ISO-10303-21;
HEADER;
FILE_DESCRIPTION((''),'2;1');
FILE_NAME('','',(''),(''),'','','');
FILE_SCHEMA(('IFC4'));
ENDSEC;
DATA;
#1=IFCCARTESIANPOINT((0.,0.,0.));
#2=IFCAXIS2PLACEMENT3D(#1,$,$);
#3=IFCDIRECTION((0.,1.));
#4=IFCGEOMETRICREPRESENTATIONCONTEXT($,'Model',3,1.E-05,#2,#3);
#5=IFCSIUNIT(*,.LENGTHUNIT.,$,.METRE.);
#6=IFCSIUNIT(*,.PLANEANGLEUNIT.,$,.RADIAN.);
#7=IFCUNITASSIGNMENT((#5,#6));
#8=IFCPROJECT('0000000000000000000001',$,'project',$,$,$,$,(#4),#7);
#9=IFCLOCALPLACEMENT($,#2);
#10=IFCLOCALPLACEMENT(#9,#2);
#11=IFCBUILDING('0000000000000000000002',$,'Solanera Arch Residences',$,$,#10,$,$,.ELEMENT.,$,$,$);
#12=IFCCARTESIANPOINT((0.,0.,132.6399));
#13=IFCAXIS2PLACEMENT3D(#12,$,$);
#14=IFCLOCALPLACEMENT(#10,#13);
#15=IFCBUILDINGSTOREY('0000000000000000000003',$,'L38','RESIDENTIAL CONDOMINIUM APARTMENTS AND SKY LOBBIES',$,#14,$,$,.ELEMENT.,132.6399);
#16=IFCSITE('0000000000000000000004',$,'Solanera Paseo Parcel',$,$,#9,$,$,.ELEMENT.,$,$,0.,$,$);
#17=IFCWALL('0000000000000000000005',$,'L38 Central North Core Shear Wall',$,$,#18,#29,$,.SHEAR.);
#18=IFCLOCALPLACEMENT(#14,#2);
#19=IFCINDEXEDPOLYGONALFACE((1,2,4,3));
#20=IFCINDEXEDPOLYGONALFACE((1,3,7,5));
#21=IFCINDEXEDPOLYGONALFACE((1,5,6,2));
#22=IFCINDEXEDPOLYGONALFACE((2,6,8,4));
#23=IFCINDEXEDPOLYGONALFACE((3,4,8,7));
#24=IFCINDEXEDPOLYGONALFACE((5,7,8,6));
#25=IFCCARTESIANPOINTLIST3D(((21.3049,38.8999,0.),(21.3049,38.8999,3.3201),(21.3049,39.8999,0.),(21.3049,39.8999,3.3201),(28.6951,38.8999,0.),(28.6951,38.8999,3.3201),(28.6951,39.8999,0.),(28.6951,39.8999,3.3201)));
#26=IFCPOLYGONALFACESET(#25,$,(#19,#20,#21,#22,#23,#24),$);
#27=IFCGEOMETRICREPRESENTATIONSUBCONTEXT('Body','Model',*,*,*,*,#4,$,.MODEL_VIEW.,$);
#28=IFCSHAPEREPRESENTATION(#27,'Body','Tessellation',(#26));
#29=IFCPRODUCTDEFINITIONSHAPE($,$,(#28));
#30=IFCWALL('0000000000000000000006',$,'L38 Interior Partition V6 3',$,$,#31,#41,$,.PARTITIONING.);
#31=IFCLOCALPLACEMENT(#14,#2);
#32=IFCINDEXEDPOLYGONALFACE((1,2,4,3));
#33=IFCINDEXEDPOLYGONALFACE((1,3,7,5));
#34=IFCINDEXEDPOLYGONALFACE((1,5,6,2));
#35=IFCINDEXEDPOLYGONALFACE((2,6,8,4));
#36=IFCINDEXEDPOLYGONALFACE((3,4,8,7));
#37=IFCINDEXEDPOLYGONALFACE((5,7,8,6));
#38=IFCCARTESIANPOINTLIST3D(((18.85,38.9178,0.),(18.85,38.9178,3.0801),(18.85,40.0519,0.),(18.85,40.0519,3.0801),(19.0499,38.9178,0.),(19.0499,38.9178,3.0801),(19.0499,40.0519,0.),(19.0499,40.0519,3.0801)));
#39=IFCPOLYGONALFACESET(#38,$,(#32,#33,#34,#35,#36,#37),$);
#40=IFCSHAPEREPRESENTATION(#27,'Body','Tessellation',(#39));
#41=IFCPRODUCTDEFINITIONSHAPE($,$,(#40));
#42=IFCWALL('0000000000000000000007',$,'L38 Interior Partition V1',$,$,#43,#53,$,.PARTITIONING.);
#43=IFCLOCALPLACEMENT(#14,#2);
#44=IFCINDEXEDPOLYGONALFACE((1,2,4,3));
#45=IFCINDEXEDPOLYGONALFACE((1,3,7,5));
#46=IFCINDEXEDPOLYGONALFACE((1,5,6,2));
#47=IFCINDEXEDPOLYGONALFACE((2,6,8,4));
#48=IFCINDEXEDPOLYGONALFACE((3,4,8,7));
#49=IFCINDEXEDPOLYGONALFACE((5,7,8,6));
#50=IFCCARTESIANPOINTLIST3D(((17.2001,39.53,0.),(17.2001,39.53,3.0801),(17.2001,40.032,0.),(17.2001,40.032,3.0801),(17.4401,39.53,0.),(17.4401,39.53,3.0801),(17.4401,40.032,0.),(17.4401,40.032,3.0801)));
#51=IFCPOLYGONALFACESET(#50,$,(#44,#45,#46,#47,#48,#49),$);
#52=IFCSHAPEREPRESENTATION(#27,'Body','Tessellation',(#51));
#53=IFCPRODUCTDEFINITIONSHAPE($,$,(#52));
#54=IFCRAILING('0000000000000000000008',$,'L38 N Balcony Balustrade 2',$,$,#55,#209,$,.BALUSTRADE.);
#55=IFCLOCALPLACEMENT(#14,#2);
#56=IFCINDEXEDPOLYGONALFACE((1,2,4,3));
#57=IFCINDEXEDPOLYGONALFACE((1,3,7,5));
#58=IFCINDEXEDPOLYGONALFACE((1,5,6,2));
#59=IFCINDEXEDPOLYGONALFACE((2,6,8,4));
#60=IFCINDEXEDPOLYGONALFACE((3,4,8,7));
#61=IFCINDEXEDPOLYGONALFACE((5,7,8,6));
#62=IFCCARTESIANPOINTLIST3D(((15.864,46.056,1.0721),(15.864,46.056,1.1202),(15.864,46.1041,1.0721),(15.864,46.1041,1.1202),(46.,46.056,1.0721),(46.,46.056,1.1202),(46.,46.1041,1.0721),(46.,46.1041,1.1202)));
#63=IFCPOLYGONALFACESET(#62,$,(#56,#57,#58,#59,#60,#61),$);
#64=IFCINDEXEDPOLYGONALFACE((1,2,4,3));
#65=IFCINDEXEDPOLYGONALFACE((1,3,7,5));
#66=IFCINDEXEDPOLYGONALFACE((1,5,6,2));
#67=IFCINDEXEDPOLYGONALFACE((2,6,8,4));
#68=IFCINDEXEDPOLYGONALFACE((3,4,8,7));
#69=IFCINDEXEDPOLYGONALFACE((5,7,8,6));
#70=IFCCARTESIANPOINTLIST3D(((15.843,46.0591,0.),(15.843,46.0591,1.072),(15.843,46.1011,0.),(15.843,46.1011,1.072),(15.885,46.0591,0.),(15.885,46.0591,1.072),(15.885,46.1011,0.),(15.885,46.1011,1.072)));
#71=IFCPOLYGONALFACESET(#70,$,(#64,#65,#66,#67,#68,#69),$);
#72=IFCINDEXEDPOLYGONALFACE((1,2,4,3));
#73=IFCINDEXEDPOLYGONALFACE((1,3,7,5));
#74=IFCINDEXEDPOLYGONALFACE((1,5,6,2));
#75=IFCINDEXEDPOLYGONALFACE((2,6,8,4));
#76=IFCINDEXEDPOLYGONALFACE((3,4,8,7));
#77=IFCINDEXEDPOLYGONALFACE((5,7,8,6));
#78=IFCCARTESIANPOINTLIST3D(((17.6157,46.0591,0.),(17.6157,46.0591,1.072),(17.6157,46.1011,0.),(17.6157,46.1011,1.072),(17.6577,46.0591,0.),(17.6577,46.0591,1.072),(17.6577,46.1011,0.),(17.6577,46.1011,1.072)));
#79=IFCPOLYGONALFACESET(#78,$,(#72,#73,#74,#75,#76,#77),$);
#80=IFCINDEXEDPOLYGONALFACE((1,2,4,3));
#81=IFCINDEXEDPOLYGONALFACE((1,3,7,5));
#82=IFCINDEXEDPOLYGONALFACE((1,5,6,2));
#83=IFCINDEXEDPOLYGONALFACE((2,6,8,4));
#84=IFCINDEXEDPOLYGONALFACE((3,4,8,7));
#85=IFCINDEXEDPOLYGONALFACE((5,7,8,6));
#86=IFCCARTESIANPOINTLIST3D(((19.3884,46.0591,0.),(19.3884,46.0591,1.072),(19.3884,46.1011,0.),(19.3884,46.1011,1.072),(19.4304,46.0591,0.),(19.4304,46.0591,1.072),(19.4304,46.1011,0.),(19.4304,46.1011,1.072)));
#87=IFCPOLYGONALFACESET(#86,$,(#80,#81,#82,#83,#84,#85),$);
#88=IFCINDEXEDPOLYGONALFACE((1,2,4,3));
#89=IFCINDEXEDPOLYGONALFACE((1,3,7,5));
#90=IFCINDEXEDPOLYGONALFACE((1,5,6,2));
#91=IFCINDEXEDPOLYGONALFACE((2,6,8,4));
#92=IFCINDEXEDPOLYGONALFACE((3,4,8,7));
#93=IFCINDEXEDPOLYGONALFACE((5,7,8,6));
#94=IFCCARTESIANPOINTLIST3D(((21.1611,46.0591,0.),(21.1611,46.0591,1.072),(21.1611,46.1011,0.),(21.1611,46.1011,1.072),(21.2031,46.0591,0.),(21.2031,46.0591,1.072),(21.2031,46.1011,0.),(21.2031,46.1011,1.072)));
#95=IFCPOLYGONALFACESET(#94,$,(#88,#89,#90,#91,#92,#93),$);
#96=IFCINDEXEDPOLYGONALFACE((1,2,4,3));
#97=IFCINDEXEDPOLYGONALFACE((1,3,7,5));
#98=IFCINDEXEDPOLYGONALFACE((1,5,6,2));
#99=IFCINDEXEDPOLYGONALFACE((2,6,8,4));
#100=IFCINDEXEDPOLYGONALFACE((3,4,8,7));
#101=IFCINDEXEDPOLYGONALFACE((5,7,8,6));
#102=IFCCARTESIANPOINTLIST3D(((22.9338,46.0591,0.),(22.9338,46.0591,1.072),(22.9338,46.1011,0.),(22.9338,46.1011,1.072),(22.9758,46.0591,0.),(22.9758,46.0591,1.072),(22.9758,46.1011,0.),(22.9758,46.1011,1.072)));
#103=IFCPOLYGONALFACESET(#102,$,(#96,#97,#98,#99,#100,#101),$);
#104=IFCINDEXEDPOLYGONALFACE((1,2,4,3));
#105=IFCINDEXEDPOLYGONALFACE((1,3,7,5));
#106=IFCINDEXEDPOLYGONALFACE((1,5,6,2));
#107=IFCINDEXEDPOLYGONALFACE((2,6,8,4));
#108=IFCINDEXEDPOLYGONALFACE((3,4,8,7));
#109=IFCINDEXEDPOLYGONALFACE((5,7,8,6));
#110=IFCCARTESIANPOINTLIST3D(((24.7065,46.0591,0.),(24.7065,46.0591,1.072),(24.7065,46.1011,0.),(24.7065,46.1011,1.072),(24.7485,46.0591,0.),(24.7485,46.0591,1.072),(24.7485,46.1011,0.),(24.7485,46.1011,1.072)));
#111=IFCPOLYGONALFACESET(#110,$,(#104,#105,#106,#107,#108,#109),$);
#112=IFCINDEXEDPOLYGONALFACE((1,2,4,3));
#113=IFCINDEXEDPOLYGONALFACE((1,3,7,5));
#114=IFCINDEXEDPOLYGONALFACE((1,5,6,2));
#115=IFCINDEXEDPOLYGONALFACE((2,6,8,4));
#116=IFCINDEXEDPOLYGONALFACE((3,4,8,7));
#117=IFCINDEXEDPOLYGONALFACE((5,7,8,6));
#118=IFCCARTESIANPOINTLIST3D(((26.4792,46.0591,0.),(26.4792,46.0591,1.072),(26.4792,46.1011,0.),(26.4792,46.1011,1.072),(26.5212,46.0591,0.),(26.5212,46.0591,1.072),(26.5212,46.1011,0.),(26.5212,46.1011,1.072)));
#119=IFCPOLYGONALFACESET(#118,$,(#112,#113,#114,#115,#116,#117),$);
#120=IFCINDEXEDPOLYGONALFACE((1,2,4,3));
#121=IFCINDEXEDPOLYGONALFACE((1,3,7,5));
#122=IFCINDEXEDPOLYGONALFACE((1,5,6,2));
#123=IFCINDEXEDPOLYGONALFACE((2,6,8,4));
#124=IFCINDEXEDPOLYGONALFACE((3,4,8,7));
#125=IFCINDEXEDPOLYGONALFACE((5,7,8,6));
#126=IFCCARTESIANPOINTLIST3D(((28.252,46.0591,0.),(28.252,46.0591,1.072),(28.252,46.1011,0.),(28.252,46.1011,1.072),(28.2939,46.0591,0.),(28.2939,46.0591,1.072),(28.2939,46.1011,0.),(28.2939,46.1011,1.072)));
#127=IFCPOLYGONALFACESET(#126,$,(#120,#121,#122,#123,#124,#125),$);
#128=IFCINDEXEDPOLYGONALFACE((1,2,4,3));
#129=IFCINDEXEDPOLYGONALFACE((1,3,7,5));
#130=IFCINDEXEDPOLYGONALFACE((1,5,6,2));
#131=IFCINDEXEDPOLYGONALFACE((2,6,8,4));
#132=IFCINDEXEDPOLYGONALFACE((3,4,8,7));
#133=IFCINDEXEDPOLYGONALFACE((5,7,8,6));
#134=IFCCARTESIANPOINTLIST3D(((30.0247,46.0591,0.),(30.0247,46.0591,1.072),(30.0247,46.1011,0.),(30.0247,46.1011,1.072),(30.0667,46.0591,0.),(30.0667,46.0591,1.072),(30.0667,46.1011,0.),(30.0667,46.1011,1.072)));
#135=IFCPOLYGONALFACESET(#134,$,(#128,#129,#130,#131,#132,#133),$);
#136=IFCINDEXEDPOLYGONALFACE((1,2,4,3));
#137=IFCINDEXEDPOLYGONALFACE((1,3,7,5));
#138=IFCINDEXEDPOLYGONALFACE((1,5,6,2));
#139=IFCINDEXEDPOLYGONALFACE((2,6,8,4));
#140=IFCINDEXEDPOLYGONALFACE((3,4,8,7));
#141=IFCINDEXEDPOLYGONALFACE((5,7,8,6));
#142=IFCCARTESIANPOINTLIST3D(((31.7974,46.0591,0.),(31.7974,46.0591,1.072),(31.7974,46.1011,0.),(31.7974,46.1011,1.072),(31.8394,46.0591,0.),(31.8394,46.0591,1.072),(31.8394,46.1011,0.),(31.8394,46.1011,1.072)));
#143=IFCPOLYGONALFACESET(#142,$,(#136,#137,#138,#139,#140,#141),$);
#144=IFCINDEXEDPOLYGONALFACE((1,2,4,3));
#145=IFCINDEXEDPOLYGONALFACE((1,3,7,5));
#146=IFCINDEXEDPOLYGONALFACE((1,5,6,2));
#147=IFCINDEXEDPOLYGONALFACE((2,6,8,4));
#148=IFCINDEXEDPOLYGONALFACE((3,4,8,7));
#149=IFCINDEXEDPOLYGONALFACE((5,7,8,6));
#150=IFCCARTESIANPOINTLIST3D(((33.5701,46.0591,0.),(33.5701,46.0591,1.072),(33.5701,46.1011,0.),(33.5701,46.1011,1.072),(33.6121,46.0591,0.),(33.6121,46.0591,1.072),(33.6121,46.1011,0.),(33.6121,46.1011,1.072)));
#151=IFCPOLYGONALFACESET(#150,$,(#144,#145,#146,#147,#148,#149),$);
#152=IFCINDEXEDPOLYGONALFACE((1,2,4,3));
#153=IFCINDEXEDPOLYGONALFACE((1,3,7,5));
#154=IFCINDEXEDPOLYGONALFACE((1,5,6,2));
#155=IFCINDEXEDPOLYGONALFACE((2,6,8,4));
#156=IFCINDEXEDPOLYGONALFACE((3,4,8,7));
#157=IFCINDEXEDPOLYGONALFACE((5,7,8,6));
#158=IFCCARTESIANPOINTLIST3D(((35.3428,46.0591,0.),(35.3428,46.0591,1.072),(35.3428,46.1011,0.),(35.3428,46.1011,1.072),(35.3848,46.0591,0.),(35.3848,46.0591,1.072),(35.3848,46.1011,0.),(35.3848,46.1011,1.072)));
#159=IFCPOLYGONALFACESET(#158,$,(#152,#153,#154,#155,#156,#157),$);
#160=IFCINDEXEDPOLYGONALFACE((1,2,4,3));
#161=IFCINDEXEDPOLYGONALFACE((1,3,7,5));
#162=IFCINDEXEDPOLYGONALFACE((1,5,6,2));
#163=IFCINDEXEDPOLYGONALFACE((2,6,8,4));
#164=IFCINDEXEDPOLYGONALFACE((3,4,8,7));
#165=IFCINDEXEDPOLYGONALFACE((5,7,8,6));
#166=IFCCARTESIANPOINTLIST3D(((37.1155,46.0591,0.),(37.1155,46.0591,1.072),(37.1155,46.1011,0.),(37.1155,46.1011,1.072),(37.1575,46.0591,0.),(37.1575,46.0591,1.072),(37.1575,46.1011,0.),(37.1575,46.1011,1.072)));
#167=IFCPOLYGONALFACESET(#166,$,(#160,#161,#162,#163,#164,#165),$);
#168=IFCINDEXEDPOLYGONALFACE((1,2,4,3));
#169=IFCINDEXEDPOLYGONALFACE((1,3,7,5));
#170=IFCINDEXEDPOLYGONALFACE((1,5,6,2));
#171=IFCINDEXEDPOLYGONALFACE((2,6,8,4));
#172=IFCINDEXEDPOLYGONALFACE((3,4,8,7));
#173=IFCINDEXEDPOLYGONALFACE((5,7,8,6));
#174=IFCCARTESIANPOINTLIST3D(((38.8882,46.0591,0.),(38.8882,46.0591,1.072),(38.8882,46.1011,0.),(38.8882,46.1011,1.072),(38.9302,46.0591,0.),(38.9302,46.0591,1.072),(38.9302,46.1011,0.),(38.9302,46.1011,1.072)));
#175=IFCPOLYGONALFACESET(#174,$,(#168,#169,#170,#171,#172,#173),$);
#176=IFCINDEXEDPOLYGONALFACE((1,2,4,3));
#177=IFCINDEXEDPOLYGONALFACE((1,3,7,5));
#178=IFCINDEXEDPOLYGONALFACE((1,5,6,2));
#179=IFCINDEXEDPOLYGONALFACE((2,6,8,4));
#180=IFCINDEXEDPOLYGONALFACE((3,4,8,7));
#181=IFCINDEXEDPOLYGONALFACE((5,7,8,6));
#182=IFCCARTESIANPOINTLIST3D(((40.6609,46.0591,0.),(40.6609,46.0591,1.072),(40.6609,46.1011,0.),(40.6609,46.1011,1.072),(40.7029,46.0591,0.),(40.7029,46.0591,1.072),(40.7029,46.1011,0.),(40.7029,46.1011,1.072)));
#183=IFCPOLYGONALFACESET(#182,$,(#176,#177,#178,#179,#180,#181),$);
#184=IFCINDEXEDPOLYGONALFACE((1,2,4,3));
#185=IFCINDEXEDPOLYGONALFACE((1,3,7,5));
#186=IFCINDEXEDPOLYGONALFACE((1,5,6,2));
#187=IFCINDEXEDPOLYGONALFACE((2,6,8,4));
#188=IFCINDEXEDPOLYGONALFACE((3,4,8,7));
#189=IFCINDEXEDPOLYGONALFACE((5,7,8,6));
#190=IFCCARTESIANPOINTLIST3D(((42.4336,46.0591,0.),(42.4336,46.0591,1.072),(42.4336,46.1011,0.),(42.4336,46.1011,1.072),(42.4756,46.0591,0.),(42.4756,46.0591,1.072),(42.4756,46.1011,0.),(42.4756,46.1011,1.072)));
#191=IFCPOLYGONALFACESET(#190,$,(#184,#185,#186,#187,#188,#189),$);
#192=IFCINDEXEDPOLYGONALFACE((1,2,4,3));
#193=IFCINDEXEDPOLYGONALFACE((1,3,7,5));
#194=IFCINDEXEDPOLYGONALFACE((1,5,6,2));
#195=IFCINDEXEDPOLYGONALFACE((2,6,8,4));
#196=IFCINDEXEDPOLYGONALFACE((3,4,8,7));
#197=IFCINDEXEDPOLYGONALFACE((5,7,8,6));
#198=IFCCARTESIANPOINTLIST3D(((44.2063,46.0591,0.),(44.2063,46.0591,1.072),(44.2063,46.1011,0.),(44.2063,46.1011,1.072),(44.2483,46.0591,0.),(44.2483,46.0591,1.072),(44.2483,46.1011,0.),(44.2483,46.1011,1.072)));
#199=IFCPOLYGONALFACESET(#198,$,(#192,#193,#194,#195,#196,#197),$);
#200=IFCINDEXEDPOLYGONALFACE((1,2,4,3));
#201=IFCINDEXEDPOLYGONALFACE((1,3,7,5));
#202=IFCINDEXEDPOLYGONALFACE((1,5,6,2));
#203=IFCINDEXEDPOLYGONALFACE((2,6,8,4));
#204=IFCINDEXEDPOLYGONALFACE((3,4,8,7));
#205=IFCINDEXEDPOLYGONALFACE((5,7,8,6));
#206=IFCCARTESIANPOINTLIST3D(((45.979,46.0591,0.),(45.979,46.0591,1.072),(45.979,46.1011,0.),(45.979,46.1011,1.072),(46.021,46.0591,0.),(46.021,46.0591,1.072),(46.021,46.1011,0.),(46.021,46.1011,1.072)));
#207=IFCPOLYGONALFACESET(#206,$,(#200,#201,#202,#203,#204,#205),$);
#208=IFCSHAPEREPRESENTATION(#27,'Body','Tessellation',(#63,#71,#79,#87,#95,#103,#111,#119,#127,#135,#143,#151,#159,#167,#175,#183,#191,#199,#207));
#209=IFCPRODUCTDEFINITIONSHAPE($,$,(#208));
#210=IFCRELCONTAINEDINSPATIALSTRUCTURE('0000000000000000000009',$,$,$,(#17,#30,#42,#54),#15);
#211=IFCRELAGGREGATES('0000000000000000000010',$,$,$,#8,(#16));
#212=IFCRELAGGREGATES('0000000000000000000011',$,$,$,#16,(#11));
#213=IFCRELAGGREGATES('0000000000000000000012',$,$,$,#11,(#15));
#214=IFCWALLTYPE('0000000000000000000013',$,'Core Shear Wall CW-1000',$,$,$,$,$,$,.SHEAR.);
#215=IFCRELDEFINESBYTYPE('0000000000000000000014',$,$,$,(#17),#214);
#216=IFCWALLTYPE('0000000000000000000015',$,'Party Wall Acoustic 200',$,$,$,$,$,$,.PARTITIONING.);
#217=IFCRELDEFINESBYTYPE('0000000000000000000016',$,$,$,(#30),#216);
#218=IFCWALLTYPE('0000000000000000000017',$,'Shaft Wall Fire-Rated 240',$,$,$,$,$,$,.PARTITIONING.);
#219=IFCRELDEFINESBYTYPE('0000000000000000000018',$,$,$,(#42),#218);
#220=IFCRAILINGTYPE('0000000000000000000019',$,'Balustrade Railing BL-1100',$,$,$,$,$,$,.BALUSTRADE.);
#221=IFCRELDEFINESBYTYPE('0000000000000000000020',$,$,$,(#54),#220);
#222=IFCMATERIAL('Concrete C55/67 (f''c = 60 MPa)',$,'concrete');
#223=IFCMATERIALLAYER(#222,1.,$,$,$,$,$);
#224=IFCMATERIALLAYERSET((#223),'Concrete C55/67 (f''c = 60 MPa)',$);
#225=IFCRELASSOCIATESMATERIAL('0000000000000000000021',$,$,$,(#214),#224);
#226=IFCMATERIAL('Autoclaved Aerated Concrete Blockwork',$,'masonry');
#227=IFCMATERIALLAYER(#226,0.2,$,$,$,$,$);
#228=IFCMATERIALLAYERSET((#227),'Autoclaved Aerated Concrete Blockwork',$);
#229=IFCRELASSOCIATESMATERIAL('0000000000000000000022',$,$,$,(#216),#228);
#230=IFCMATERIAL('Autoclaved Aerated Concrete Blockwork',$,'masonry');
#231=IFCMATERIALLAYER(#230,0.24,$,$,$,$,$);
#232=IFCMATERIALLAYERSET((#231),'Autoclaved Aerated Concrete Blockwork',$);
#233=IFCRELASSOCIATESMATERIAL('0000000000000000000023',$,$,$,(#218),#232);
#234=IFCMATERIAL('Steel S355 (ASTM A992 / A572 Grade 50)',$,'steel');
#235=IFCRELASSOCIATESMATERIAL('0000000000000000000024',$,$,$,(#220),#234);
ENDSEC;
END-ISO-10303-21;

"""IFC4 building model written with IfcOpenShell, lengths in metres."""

from ifc_helpers import new_model, si_unit, direction, frame, frame_2d, origin, origin_2d, place, context, subcontext, project, spatial, rectangle, extrude, material, layer, layer_set, type_object, element, save


model = new_model("IFC4")

# Units and contexts
model_context = context("Model", 3, precision=1e-05, world=origin(), true_north=direction((0.0, 1.0)))
body_context = subcontext(model_context, "Body", "Model", "MODEL_VIEW")
ifc_project = project(units=[si_unit("LENGTHUNIT", "METRE"), si_unit("PLANEANGLEUNIT", "RADIAN")], contexts=[model_context])

# Site, building, storey
site_placement = place(None, origin())
site = spatial("IfcSite", under=ifc_project, at=site_placement, Name="Solanera Paseo Parcel", CompositionType="ELEMENT", RefElevation=0.0)
building_placement = place(site_placement, origin())
building = spatial("IfcBuilding", under=site, at=building_placement, Name="Solanera Arch Residences", CompositionType="ELEMENT")
storey_placement = place(building_placement, frame((0.0, 0.0, 132.6399)))
storey = spatial("IfcBuildingStorey", under=building, at=storey_placement, Name="L38", Description="RESIDENTIAL CONDOMINIUM APARTMENTS AND SKY LOBBIES", CompositionType="ELEMENT", Elevation=132.6399)

# Walls
ifc_material_1 = material(Name="Concrete C55/67 (f'c = 60 MPa)", Category="concrete")
ifc_layer_1 = layer(ifc_material_1, 1.0)
ifc_layer_set_1 = layer_set([ifc_layer_1], Name="Concrete C55/67 (f'c = 60 MPa)")
wall_type_1 = type_object("IfcWallType", Name="Core Shear Wall CW-1000", PredefinedType="SHEAR", material=ifc_layer_set_1)
wall_1_placement = place(storey_placement, frame((21.3049, 39.3999, 0.0), z_axis=(0.0, 0.0, 1.0), x_axis=(1.0, 0.0, 0.0)))
element("IfcWall", 1, at=wall_1_placement, inside=storey, type_object=wall_type_1, Name="L38 Central North Core Shear Wall", PredefinedType="SHEAR", context=body_context, shape_type="SweptSolid", body=[
    extrude(rectangle(XDim=7.3901, YDim=1.0, at=frame_2d((3.6951, 0.0))), origin(), (0.0, 0.0, 1.0), 3.3201),
])
ifc_material_2 = material(Name="Autoclaved Aerated Concrete Blockwork", Category="masonry")
ifc_layer_2 = layer(ifc_material_2, 0.2)
ifc_layer_set_2 = layer_set([ifc_layer_2], Name="Autoclaved Aerated Concrete Blockwork")
wall_type_2 = type_object("IfcWallType", Name="Party Wall Acoustic 200", PredefinedType="PARTITIONING", material=ifc_layer_set_2)
wall_2_placement = place(storey_placement, frame((18.95, 38.918, 0.0), z_axis=(0.0, 0.0, 1.0), x_axis=(0.0, 1.0, 0.0)))
element("IfcWall", 2, at=wall_2_placement, inside=storey, type_object=wall_type_2, Name="L38 Interior Partition V6 3", PredefinedType="PARTITIONING", context=body_context, shape_type="SweptSolid", body=[
    extrude(rectangle(XDim=1.134, YDim=0.2, at=frame_2d((0.5669, 0.0))), origin(), (0.0, 0.0, 1.0), 3.0801),
])
ifc_material_3 = material(Name="Autoclaved Aerated Concrete Blockwork", Category="masonry")
ifc_layer_3 = layer(ifc_material_3, 0.24)
ifc_layer_set_3 = layer_set([ifc_layer_3], Name="Autoclaved Aerated Concrete Blockwork")
wall_type_3 = type_object("IfcWallType", Name="Shaft Wall Fire-Rated 240", PredefinedType="PARTITIONING", material=ifc_layer_set_3)
wall_3_placement = place(storey_placement, frame((17.3201, 39.53, 0.0), z_axis=(0.0, 0.0, 1.0), x_axis=(0.0, 1.0, 0.0)))
element("IfcWall", 3, at=wall_3_placement, inside=storey, type_object=wall_type_3, Name="L38 Interior Partition V1", PredefinedType="PARTITIONING", context=body_context, shape_type="SweptSolid", body=[
    extrude(rectangle(XDim=0.502, YDim=0.24, at=frame_2d((0.251, 0.0))), origin(), (0.0, 0.0, 1.0), 3.0801),
])

# Railing
ifc_material_4 = material(Name="Steel S355 (ASTM A992 / A572 Grade 50)", Category="steel")
railing_type = type_object("IfcRailingType", Name="Balustrade Railing BL-1100", PredefinedType="BALUSTRADE", material=ifc_material_4)
railing_placement = place(storey_placement, frame((15.864, 46.0801, 0.0)))
element("IfcRailing", 4, at=railing_placement, inside=storey, type_object=railing_type, Name="L38 N Balcony Balustrade 2", PredefinedType="BALUSTRADE", context=body_context, shape_type="SweptSolid", body=[
    extrude(rectangle(XDim=0.0481, YDim=0.0481, at=origin_2d()), frame((0.0, 0.0, 1.0962), z_axis=(1.0, 0.0, 0.0), x_axis=(0.0, 1.0, 0.0)), (0.0, 0.0, 1.0), 30.136),
    extrude(rectangle(XDim=0.042, YDim=0.042, at=origin_2d()), origin(), (0.0, 0.0, 1.0), 1.072),
    extrude(rectangle(XDim=0.042, YDim=0.042, at=origin_2d()), frame((1.7727, 0.0, 0.0)), (0.0, 0.0, 1.0), 1.072),
    extrude(rectangle(XDim=0.042, YDim=0.042, at=origin_2d()), frame((3.5454, 0.0, 0.0)), (0.0, 0.0, 1.0), 1.072),
    extrude(rectangle(XDim=0.042, YDim=0.042, at=origin_2d()), frame((5.3181, 0.0, 0.0)), (0.0, 0.0, 1.0), 1.072),
    extrude(rectangle(XDim=0.042, YDim=0.042, at=origin_2d()), frame((7.0908, 0.0, 0.0)), (0.0, 0.0, 1.0), 1.072),
    extrude(rectangle(XDim=0.042, YDim=0.042, at=origin_2d()), frame((8.8635, 0.0, 0.0)), (0.0, 0.0, 1.0), 1.072),
    extrude(rectangle(XDim=0.042, YDim=0.042, at=origin_2d()), frame((10.6362, 0.0, 0.0)), (0.0, 0.0, 1.0), 1.072),
    extrude(rectangle(XDim=0.042, YDim=0.042, at=origin_2d()), frame((12.4089, 0.0, 0.0)), (0.0, 0.0, 1.0), 1.072),
    extrude(rectangle(XDim=0.042, YDim=0.042, at=origin_2d()), frame((14.1816, 0.0, 0.0)), (0.0, 0.0, 1.0), 1.072),
    extrude(rectangle(XDim=0.042, YDim=0.042, at=origin_2d()), frame((15.9543, 0.0, 0.0)), (0.0, 0.0, 1.0), 1.072),
    extrude(rectangle(XDim=0.042, YDim=0.042, at=origin_2d()), frame((17.7271, 0.0, 0.0)), (0.0, 0.0, 1.0), 1.072),
    extrude(rectangle(XDim=0.042, YDim=0.042, at=origin_2d()), frame((19.4998, 0.0, 0.0)), (0.0, 0.0, 1.0), 1.072),
    extrude(rectangle(XDim=0.042, YDim=0.042, at=origin_2d()), frame((21.2725, 0.0, 0.0)), (0.0, 0.0, 1.0), 1.072),
    extrude(rectangle(XDim=0.042, YDim=0.042, at=origin_2d()), frame((23.0452, 0.0, 0.0)), (0.0, 0.0, 1.0), 1.072),
    extrude(rectangle(XDim=0.042, YDim=0.042, at=origin_2d()), frame((24.8179, 0.0, 0.0)), (0.0, 0.0, 1.0), 1.072),
    extrude(rectangle(XDim=0.042, YDim=0.042, at=origin_2d()), frame((26.5906, 0.0, 0.0)), (0.0, 0.0, 1.0), 1.072),
    extrude(rectangle(XDim=0.042, YDim=0.042, at=origin_2d()), frame((28.3633, 0.0, 0.0)), (0.0, 0.0, 1.0), 1.072),
    extrude(rectangle(XDim=0.042, YDim=0.042, at=origin_2d()), frame((30.136, 0.0, 0.0)), (0.0, 0.0, 1.0), 1.072),
])

save(model, "model.ifc")
